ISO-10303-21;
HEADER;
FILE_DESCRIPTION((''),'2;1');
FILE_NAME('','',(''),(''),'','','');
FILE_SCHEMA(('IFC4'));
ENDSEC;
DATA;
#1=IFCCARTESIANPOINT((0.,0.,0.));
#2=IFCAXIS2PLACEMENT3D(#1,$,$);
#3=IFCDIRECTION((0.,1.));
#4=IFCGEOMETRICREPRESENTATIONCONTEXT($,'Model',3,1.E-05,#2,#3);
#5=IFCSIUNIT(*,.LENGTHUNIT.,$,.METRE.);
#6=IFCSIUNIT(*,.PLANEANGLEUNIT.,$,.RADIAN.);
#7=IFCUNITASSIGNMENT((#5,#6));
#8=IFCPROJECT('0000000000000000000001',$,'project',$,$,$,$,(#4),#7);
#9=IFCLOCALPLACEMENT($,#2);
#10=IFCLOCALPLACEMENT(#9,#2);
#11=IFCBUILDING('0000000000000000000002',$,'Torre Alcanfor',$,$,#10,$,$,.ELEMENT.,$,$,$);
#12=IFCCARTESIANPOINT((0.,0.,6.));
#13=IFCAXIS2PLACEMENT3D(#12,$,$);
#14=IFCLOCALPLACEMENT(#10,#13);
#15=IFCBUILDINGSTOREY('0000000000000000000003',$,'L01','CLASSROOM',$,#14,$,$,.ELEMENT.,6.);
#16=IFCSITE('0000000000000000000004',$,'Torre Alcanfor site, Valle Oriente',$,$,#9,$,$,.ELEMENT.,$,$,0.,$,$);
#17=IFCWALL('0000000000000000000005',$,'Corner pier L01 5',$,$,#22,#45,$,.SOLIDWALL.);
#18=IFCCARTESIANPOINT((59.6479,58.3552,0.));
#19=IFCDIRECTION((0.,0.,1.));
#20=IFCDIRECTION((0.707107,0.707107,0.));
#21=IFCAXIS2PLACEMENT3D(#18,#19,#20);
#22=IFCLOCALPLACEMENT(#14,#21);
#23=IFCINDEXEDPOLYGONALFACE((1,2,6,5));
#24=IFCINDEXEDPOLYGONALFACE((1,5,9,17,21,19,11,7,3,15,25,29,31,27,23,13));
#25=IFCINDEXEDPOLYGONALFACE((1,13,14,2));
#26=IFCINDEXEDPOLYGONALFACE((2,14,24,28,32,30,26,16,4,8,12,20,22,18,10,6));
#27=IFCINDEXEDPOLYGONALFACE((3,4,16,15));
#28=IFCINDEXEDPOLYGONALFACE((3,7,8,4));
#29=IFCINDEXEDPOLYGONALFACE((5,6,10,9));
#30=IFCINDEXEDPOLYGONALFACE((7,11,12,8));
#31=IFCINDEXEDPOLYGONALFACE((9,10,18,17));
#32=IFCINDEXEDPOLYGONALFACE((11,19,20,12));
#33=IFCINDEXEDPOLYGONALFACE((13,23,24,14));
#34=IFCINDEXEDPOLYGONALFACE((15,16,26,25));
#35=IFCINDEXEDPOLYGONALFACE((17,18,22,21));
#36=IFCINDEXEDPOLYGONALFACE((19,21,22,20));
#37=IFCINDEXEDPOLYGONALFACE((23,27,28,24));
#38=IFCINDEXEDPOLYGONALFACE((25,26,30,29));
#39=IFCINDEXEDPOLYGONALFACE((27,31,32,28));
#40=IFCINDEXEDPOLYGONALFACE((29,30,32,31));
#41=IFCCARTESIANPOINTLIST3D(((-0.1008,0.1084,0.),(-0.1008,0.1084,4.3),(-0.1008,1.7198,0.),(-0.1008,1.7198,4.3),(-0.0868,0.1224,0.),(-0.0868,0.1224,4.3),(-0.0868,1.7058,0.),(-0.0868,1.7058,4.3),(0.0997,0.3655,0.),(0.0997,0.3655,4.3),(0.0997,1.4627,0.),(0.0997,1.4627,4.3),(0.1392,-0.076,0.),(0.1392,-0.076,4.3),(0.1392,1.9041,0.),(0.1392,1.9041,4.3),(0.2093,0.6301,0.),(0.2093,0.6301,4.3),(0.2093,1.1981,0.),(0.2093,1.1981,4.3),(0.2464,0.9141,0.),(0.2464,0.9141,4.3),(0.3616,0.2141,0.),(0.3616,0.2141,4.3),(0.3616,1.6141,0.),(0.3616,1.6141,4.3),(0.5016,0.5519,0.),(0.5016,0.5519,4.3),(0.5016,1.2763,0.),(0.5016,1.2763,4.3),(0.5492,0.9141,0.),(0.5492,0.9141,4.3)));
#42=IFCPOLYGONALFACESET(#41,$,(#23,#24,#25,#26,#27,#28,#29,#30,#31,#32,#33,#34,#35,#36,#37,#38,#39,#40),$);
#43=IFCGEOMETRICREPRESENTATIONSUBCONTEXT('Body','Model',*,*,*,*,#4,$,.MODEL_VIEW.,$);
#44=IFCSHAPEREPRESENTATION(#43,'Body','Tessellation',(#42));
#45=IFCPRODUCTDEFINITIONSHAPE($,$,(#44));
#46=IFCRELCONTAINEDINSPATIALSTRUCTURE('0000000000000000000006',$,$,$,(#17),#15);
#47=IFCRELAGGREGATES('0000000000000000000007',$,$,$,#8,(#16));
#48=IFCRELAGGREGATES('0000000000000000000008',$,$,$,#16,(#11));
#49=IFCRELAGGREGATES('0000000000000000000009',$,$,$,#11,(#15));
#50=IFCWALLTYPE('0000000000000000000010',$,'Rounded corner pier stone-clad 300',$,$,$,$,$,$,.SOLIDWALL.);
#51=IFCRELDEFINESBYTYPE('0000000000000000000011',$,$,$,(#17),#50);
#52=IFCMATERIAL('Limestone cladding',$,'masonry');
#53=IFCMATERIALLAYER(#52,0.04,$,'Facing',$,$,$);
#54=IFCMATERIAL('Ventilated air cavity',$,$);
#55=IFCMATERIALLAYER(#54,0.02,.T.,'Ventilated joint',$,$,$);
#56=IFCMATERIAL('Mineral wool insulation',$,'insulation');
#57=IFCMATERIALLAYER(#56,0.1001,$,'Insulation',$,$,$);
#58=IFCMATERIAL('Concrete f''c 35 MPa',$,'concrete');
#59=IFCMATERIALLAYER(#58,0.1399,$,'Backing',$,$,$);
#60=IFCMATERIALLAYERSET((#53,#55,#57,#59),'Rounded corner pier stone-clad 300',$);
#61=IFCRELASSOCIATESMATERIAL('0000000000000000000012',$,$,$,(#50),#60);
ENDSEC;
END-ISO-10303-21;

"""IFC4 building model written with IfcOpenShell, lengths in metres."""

from ifc_helpers import new_model, si_unit, direction, frame, origin, place, context, subcontext, project, spatial, polyline, outline, extrude, material, layer, layer_set, type_object, element, save


model = new_model("IFC4")

# Units and contexts
model_context = context("Model", 3, precision=1e-05, world=origin(), true_north=direction((0.0, 1.0)))
body_context = subcontext(model_context, "Body", "Model", "MODEL_VIEW")
ifc_project = project(units=[si_unit("LENGTHUNIT", "METRE"), si_unit("PLANEANGLEUNIT", "RADIAN")], contexts=[model_context])

# Site, building, storey
site_placement = place(None, origin())
site = spatial("IfcSite", under=ifc_project, at=site_placement, Name="Torre Alcanfor site, Valle Oriente", CompositionType="ELEMENT", RefElevation=0.0)
building_placement = place(site_placement, origin())
building = spatial("IfcBuilding", under=site, at=building_placement, Name="Torre Alcanfor", CompositionType="ELEMENT")
storey_placement = place(building_placement, frame((0.0, 0.0, 6.0)))
storey = spatial("IfcBuildingStorey", under=building, at=storey_placement, Name="L01", Description="CLASSROOM", CompositionType="ELEMENT", Elevation=6.0)

# Wall
ifc_material_1 = material(Name="Limestone cladding", Category="masonry")
ifc_layer_1 = layer(ifc_material_1, 0.04, Name="Facing")
ifc_material_2 = material(Name="Ventilated air cavity")
ifc_layer_2 = layer(ifc_material_2, 0.02, ventilated=True, Name="Ventilated joint")
ifc_material_3 = material(Name="Mineral wool insulation", Category="insulation")
ifc_layer_3 = layer(ifc_material_3, 0.1001, Name="Insulation")
ifc_material_4 = material(Name="Concrete f'c 35 MPa", Category="concrete")
ifc_layer_4 = layer(ifc_material_4, 0.1399, Name="Backing")
ifc_layer_set_1 = layer_set([ifc_layer_1, ifc_layer_2, ifc_layer_3, ifc_layer_4], Name="Rounded corner pier stone-clad 300")
wall_type_1 = type_object("IfcWallType", Name="Rounded corner pier stone-clad 300", PredefinedType="SOLIDWALL", material=ifc_layer_set_1)
wall_1_placement = place(storey_placement, frame((59.6479, 58.3552, 0.0), z_axis=(0.0, 0.0, 1.0), x_axis=(0.707107, 0.707107, 0.0)))
element("IfcWall", 1, at=wall_1_placement, inside=storey, type_object=wall_type_1, Name="Corner pier L01 5", PredefinedType="SOLIDWALL", context=body_context, shape_type="SweptSolid", body=[
    extrude(outline(polyline([(0.1392, 1.9041), (-0.1008, 1.7198), (-0.0868, 1.7058), (0.0997, 1.4627), (0.2093, 1.1981), (0.2464, 0.9141), (0.2093, 0.6301), (0.0997, 0.3655), (-0.0868, 0.1224), (-0.1008, 0.1084), (0.1392, -0.076), (0.3616, 0.2141), (0.5016, 0.5519), (0.5492, 0.9141), (0.5016, 1.2763), (0.3616, 1.6141), (0.1392, 1.9041)])), origin(), (0.0, 0.0, 1.0), 4.3),
])

save(model, "model.ifc")
